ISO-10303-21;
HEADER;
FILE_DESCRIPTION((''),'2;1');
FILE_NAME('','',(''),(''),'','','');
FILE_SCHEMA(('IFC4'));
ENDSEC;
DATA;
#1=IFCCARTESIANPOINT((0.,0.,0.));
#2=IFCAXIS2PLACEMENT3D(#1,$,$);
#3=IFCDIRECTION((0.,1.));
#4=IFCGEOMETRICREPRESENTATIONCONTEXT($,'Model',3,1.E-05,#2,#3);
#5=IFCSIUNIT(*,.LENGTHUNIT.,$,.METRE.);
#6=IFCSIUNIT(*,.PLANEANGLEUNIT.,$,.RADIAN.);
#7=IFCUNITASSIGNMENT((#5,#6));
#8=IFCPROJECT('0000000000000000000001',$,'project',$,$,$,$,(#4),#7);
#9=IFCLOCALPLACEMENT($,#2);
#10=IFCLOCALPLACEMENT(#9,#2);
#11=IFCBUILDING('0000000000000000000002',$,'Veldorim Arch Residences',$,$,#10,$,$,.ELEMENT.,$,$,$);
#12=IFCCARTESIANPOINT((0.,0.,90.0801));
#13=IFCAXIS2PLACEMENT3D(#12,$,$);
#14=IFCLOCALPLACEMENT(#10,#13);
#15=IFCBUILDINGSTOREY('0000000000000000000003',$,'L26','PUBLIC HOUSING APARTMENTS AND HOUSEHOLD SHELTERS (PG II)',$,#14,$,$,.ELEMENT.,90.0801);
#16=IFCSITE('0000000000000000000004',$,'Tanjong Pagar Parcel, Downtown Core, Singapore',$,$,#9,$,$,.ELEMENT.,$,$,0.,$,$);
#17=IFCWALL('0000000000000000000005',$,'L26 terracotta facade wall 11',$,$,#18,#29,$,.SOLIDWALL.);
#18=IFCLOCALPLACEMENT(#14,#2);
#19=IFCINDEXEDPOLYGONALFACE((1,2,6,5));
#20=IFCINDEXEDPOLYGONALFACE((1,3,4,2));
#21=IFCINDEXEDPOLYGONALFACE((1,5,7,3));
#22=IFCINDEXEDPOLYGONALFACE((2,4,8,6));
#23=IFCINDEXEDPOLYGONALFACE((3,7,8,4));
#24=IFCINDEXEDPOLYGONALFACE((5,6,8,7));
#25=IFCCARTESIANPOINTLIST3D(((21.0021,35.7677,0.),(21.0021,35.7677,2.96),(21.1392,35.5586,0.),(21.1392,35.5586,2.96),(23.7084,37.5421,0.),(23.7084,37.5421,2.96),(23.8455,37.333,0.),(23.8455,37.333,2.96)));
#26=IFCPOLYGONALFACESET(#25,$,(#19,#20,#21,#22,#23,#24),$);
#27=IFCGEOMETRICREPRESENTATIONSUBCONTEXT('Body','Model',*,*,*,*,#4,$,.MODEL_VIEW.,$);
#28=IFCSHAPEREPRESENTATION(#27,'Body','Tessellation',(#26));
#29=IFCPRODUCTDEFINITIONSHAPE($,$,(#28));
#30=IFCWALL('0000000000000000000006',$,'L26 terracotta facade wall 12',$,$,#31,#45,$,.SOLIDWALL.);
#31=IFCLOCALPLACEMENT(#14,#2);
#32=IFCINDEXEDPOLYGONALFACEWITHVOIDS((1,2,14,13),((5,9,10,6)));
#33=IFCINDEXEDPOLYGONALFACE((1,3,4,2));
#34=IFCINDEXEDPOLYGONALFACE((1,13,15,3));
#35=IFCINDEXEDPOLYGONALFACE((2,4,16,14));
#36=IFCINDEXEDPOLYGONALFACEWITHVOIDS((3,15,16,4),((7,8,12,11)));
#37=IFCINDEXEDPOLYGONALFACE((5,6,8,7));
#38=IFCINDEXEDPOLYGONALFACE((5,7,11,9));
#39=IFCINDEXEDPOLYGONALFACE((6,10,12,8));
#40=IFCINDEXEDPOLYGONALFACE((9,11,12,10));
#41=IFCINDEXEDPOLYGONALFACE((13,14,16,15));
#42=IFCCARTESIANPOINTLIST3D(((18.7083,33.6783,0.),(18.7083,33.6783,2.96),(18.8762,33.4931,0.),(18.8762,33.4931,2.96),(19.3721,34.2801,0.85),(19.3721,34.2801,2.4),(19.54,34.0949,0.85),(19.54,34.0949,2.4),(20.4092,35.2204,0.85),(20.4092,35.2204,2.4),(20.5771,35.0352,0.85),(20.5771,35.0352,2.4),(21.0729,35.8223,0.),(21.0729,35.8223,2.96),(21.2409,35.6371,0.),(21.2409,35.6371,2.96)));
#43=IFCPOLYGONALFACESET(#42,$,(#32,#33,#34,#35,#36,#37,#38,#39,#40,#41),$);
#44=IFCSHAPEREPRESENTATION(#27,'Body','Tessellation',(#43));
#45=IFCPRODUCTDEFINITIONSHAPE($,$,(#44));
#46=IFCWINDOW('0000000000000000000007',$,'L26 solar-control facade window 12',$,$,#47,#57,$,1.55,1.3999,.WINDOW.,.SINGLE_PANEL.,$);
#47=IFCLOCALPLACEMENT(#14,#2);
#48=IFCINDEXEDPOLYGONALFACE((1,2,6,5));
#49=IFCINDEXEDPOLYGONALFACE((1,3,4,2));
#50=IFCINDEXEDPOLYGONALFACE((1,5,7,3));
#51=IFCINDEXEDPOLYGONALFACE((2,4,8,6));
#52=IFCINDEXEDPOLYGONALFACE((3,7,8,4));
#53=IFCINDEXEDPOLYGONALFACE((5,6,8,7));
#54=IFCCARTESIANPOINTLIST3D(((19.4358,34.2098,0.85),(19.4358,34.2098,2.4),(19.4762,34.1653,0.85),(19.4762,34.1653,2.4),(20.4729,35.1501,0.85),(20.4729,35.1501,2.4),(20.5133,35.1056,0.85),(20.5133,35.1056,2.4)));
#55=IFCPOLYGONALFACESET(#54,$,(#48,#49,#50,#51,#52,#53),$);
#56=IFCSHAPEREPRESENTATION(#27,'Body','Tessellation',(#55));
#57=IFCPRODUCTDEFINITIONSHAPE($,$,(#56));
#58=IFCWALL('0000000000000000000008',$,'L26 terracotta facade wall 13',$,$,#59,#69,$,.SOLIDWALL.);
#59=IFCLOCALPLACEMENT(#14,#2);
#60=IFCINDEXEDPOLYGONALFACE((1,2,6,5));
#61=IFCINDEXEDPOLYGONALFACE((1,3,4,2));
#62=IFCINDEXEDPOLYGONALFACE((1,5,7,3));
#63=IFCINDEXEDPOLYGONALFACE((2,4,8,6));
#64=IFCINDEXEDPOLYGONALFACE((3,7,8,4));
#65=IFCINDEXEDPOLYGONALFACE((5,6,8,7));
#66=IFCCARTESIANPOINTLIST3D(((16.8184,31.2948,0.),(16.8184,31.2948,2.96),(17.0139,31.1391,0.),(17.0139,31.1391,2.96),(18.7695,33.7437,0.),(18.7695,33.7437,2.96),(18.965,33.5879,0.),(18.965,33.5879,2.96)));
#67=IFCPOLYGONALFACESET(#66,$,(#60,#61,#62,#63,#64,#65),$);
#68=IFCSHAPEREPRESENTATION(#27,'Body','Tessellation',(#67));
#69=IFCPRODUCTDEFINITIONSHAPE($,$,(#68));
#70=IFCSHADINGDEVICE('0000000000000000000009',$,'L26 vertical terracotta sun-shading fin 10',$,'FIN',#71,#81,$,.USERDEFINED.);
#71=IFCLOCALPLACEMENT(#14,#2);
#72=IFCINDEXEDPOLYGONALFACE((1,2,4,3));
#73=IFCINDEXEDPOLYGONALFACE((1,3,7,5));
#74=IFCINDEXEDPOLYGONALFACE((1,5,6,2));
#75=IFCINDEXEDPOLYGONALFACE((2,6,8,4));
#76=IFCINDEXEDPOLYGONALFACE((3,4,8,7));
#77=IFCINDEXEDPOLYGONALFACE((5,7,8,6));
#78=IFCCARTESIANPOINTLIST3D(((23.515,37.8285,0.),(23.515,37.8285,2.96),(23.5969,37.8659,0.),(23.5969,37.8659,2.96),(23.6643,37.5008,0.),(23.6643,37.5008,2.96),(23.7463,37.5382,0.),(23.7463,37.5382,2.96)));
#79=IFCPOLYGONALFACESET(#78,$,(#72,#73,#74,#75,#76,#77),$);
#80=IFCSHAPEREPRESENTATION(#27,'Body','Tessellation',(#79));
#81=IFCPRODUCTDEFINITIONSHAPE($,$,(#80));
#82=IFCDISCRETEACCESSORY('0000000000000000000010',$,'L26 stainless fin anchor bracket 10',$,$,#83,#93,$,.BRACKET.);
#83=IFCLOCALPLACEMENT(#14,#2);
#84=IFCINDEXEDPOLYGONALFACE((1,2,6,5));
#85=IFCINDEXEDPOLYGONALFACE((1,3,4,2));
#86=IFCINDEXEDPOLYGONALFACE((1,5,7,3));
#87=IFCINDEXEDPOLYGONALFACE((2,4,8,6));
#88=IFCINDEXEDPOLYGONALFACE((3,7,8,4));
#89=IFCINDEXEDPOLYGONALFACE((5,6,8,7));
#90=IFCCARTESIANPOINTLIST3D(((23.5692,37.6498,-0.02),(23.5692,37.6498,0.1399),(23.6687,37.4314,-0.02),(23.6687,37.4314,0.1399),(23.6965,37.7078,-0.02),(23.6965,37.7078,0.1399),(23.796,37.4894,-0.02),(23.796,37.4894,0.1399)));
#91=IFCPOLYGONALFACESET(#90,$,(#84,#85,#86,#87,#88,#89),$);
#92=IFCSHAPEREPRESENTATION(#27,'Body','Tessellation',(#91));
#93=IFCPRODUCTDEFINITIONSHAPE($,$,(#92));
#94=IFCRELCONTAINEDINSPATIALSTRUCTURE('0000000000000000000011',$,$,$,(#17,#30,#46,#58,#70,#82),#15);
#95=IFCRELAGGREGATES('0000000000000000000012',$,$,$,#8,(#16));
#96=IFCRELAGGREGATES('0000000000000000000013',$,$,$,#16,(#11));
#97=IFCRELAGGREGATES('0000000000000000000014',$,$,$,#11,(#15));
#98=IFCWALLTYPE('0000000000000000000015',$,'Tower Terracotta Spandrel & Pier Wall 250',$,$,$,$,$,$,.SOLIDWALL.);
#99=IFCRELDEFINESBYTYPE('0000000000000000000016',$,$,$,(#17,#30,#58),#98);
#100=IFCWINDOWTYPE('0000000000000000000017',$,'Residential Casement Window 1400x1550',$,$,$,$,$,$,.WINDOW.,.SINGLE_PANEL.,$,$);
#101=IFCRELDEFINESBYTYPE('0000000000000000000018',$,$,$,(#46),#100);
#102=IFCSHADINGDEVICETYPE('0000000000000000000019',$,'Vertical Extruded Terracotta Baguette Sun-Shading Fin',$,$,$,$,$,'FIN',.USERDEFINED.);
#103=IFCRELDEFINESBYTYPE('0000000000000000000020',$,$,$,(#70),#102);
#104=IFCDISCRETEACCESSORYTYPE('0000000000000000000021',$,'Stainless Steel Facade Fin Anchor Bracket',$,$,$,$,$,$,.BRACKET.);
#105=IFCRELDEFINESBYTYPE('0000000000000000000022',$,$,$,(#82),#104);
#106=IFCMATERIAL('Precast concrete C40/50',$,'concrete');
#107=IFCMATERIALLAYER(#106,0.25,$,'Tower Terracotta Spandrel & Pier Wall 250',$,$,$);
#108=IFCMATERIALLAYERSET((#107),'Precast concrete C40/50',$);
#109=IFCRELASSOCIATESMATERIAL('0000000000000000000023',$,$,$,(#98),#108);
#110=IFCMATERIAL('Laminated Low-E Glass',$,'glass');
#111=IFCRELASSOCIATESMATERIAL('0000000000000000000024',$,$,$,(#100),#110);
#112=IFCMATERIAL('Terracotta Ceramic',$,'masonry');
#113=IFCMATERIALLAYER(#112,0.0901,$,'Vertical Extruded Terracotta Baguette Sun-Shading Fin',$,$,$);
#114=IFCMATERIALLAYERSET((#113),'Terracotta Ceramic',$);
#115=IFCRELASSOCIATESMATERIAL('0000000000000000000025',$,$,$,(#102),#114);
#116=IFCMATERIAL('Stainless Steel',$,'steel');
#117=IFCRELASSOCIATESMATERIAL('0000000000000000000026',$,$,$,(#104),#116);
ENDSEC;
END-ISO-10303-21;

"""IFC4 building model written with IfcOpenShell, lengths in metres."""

from ifc_helpers import new_model, si_unit, direction, frame, frame_2d, origin, origin_2d, place, context, subcontext, project, spatial, rectangle, extrude, material, layer, layer_set, type_object, element, fill, save


model = new_model("IFC4")

# Units and contexts
model_context = context("Model", 3, precision=1e-05, world=origin(), true_north=direction((0.0, 1.0)))
body_context = subcontext(model_context, "Body", "Model", "MODEL_VIEW")
ifc_project = project(units=[si_unit("LENGTHUNIT", "METRE"), si_unit("PLANEANGLEUNIT", "RADIAN")], contexts=[model_context])

# Site, building, storey
site_placement = place(None, origin())
site = spatial("IfcSite", under=ifc_project, at=site_placement, Name="Tanjong Pagar Parcel, Downtown Core, Singapore", CompositionType="ELEMENT", RefElevation=0.0)
building_placement = place(site_placement, origin())
building = spatial("IfcBuilding", under=site, at=building_placement, Name="Veldorim Arch Residences", CompositionType="ELEMENT")
storey_placement = place(building_placement, frame((0.0, 0.0, 90.0801)))
storey = spatial("IfcBuildingStorey", under=building, at=storey_placement, Name="L26", Description="PUBLIC HOUSING APARTMENTS AND HOUSEHOLD SHELTERS (PG II)", CompositionType="ELEMENT", Elevation=90.0801)

# Wall
ifc_material_1 = material(Name="Precast concrete C40/50", Category="concrete")
ifc_layer_1 = layer(ifc_material_1, 0.25, Name="Tower Terracotta Spandrel & Pier Wall 250")
ifc_layer_set_1 = layer_set([ifc_layer_1], Name="Precast concrete C40/50")
wall_type_1 = type_object("IfcWallType", Name="Tower Terracotta Spandrel & Pier Wall 250", PredefinedType="SOLIDWALL", material=ifc_layer_set_1)
wall_1_placement = place(storey_placement, frame((21.0706, 35.6631, 0.0), z_axis=(0.0, 0.0, 1.0), x_axis=(0.836274, 0.548312, 0.0)))
element("IfcWall", 1, at=wall_1_placement, inside=storey, type_object=wall_type_1, Name="L26 terracotta facade wall 11", PredefinedType="SOLIDWALL", context=body_context, shape_type="SweptSolid", body=[
    extrude(rectangle(XDim=3.2361, YDim=0.25, at=frame_2d((1.6182, 0.0))), origin(), (0.0, 0.0, 1.0), 2.96),
])

# Wall, opening, window
wall_2_placement = place(storey_placement, frame((18.7922, 33.5857, 0.0), z_axis=(0.0, 0.0, 1.0), x_axis=(0.740832, 0.67169, 0.0)))
wall_2 = element("IfcWall", 2, at=wall_2_placement, inside=storey, type_object=wall_type_1, Name="L26 terracotta facade wall 12", PredefinedType="SOLIDWALL", context=body_context, shape_type="SweptSolid", body=[
    extrude(rectangle(XDim=3.1919, YDim=0.25, at=frame_2d((1.5959, 0.0))), origin(), (0.0, 0.0, 1.0), 2.96),
])
opening_1_placement = place(wall_2_placement, frame((0.896, 0.0, 0.8501)))
opening_1 = element("IfcOpeningElement", 3, at=opening_1_placement, cuts=wall_2, PredefinedType="OPENING", context=body_context, shape_type="SweptSolid", body=[
    extrude(rectangle(XDim=1.3999, YDim=1.55, at=frame_2d((0.7, 0.7749))), frame((0.0, 0.135, 0.0), z_axis=(0.0, -1.0, 0.0), x_axis=(1.0, 0.0, 0.0)), (0.0, 0.0, 1.0), 0.27),
])
ifc_material_2 = material(Name="Laminated Low-E Glass", Category="glass")
window_type = type_object("IfcWindowType", Name="Residential Casement Window 1400x1550", PartitioningType="SINGLE_PANEL", PredefinedType="WINDOW", material=ifc_material_2)
window_placement = place(opening_1_placement, origin())
window = element("IfcWindow", 4, at=window_placement, inside=storey, type_object=window_type, Name="L26 solar-control facade window 12", OverallHeight=1.55, OverallWidth=1.3999, PartitioningType="SINGLE_PANEL", PredefinedType="WINDOW", context=body_context, shape_type="SweptSolid", body=[
    extrude(rectangle(XDim=1.3999, YDim=1.55, at=frame_2d((0.7, 0.7749))), frame((0.0, 0.03, 0.0), z_axis=(0.0, -1.0, 0.0), x_axis=(1.0, 0.0, 0.0)), (0.0, 0.0, 1.0), 0.0601),
])
fill(opening_1, window)

# Wall
wall_3_placement = place(storey_placement, frame((16.9163, 31.217, 0.0), z_axis=(0.0, 0.0, 1.0), x_axis=(0.623134, 0.782115, 0.0)))
element("IfcWall", 5, at=wall_3_placement, inside=storey, type_object=wall_type_1, Name="L26 terracotta facade wall 13", PredefinedType="SOLIDWALL", context=body_context, shape_type="SweptSolid", body=[
    extrude(rectangle(XDim=3.1311, YDim=0.25, at=frame_2d((1.5654, 0.0))), origin(), (0.0, 0.0, 1.0), 2.96),
])

# Shading device
ifc_material_3 = material(Name="Terracotta Ceramic", Category="masonry")
ifc_layer_2 = layer(ifc_material_3, 0.0901, Name="Vertical Extruded Terracotta Baguette Sun-Shading Fin")
ifc_layer_set_2 = layer_set([ifc_layer_2], Name="Terracotta Ceramic")
shading_device_type = type_object("IfcShadingDeviceType", Name="Vertical Extruded Terracotta Baguette Sun-Shading Fin", ElementType="FIN", PredefinedType="USERDEFINED", material=ifc_layer_set_2)
shading_device_placement = place(storey_placement, frame((23.6306, 37.6833, 0.0), z_axis=(0.0, 0.0, 1.0), x_axis=(0.909961, 0.414693, 0.0)))
element("IfcShadingDevice", 6, at=shading_device_placement, inside=storey, type_object=shading_device_type, Name="L26 vertical terracotta sun-shading fin 10", ObjectType="FIN", PredefinedType="USERDEFINED", context=body_context, shape_type="SweptSolid", body=[
    extrude(rectangle(XDim=0.0901, YDim=0.3601, at=origin_2d()), origin(), (0.0, 0.0, 1.0), 2.96),
])

# Discrete accessory
ifc_material_4 = material(Name="Stainless Steel", Category="steel")
discrete_accessory_type = type_object("IfcDiscreteAccessoryType", Name="Stainless Steel Facade Fin Anchor Bracket", PredefinedType="BRACKET", material=ifc_material_4)
discrete_accessory_placement = place(storey_placement, frame((23.6826, 37.5696, -0.02), z_axis=(0.0, 0.0, 1.0), x_axis=(0.909961, 0.414693, 0.0)))
element("IfcDiscreteAccessory", 7, at=discrete_accessory_placement, inside=storey, type_object=discrete_accessory_type, Name="L26 stainless fin anchor bracket 10", PredefinedType="BRACKET", context=body_context, shape_type="SweptSolid", body=[
    extrude(rectangle(XDim=0.1399, YDim=0.24, at=origin_2d()), origin(), (0.0, 0.0, 1.0), 0.1599),
])

save(model, "model.ifc")
